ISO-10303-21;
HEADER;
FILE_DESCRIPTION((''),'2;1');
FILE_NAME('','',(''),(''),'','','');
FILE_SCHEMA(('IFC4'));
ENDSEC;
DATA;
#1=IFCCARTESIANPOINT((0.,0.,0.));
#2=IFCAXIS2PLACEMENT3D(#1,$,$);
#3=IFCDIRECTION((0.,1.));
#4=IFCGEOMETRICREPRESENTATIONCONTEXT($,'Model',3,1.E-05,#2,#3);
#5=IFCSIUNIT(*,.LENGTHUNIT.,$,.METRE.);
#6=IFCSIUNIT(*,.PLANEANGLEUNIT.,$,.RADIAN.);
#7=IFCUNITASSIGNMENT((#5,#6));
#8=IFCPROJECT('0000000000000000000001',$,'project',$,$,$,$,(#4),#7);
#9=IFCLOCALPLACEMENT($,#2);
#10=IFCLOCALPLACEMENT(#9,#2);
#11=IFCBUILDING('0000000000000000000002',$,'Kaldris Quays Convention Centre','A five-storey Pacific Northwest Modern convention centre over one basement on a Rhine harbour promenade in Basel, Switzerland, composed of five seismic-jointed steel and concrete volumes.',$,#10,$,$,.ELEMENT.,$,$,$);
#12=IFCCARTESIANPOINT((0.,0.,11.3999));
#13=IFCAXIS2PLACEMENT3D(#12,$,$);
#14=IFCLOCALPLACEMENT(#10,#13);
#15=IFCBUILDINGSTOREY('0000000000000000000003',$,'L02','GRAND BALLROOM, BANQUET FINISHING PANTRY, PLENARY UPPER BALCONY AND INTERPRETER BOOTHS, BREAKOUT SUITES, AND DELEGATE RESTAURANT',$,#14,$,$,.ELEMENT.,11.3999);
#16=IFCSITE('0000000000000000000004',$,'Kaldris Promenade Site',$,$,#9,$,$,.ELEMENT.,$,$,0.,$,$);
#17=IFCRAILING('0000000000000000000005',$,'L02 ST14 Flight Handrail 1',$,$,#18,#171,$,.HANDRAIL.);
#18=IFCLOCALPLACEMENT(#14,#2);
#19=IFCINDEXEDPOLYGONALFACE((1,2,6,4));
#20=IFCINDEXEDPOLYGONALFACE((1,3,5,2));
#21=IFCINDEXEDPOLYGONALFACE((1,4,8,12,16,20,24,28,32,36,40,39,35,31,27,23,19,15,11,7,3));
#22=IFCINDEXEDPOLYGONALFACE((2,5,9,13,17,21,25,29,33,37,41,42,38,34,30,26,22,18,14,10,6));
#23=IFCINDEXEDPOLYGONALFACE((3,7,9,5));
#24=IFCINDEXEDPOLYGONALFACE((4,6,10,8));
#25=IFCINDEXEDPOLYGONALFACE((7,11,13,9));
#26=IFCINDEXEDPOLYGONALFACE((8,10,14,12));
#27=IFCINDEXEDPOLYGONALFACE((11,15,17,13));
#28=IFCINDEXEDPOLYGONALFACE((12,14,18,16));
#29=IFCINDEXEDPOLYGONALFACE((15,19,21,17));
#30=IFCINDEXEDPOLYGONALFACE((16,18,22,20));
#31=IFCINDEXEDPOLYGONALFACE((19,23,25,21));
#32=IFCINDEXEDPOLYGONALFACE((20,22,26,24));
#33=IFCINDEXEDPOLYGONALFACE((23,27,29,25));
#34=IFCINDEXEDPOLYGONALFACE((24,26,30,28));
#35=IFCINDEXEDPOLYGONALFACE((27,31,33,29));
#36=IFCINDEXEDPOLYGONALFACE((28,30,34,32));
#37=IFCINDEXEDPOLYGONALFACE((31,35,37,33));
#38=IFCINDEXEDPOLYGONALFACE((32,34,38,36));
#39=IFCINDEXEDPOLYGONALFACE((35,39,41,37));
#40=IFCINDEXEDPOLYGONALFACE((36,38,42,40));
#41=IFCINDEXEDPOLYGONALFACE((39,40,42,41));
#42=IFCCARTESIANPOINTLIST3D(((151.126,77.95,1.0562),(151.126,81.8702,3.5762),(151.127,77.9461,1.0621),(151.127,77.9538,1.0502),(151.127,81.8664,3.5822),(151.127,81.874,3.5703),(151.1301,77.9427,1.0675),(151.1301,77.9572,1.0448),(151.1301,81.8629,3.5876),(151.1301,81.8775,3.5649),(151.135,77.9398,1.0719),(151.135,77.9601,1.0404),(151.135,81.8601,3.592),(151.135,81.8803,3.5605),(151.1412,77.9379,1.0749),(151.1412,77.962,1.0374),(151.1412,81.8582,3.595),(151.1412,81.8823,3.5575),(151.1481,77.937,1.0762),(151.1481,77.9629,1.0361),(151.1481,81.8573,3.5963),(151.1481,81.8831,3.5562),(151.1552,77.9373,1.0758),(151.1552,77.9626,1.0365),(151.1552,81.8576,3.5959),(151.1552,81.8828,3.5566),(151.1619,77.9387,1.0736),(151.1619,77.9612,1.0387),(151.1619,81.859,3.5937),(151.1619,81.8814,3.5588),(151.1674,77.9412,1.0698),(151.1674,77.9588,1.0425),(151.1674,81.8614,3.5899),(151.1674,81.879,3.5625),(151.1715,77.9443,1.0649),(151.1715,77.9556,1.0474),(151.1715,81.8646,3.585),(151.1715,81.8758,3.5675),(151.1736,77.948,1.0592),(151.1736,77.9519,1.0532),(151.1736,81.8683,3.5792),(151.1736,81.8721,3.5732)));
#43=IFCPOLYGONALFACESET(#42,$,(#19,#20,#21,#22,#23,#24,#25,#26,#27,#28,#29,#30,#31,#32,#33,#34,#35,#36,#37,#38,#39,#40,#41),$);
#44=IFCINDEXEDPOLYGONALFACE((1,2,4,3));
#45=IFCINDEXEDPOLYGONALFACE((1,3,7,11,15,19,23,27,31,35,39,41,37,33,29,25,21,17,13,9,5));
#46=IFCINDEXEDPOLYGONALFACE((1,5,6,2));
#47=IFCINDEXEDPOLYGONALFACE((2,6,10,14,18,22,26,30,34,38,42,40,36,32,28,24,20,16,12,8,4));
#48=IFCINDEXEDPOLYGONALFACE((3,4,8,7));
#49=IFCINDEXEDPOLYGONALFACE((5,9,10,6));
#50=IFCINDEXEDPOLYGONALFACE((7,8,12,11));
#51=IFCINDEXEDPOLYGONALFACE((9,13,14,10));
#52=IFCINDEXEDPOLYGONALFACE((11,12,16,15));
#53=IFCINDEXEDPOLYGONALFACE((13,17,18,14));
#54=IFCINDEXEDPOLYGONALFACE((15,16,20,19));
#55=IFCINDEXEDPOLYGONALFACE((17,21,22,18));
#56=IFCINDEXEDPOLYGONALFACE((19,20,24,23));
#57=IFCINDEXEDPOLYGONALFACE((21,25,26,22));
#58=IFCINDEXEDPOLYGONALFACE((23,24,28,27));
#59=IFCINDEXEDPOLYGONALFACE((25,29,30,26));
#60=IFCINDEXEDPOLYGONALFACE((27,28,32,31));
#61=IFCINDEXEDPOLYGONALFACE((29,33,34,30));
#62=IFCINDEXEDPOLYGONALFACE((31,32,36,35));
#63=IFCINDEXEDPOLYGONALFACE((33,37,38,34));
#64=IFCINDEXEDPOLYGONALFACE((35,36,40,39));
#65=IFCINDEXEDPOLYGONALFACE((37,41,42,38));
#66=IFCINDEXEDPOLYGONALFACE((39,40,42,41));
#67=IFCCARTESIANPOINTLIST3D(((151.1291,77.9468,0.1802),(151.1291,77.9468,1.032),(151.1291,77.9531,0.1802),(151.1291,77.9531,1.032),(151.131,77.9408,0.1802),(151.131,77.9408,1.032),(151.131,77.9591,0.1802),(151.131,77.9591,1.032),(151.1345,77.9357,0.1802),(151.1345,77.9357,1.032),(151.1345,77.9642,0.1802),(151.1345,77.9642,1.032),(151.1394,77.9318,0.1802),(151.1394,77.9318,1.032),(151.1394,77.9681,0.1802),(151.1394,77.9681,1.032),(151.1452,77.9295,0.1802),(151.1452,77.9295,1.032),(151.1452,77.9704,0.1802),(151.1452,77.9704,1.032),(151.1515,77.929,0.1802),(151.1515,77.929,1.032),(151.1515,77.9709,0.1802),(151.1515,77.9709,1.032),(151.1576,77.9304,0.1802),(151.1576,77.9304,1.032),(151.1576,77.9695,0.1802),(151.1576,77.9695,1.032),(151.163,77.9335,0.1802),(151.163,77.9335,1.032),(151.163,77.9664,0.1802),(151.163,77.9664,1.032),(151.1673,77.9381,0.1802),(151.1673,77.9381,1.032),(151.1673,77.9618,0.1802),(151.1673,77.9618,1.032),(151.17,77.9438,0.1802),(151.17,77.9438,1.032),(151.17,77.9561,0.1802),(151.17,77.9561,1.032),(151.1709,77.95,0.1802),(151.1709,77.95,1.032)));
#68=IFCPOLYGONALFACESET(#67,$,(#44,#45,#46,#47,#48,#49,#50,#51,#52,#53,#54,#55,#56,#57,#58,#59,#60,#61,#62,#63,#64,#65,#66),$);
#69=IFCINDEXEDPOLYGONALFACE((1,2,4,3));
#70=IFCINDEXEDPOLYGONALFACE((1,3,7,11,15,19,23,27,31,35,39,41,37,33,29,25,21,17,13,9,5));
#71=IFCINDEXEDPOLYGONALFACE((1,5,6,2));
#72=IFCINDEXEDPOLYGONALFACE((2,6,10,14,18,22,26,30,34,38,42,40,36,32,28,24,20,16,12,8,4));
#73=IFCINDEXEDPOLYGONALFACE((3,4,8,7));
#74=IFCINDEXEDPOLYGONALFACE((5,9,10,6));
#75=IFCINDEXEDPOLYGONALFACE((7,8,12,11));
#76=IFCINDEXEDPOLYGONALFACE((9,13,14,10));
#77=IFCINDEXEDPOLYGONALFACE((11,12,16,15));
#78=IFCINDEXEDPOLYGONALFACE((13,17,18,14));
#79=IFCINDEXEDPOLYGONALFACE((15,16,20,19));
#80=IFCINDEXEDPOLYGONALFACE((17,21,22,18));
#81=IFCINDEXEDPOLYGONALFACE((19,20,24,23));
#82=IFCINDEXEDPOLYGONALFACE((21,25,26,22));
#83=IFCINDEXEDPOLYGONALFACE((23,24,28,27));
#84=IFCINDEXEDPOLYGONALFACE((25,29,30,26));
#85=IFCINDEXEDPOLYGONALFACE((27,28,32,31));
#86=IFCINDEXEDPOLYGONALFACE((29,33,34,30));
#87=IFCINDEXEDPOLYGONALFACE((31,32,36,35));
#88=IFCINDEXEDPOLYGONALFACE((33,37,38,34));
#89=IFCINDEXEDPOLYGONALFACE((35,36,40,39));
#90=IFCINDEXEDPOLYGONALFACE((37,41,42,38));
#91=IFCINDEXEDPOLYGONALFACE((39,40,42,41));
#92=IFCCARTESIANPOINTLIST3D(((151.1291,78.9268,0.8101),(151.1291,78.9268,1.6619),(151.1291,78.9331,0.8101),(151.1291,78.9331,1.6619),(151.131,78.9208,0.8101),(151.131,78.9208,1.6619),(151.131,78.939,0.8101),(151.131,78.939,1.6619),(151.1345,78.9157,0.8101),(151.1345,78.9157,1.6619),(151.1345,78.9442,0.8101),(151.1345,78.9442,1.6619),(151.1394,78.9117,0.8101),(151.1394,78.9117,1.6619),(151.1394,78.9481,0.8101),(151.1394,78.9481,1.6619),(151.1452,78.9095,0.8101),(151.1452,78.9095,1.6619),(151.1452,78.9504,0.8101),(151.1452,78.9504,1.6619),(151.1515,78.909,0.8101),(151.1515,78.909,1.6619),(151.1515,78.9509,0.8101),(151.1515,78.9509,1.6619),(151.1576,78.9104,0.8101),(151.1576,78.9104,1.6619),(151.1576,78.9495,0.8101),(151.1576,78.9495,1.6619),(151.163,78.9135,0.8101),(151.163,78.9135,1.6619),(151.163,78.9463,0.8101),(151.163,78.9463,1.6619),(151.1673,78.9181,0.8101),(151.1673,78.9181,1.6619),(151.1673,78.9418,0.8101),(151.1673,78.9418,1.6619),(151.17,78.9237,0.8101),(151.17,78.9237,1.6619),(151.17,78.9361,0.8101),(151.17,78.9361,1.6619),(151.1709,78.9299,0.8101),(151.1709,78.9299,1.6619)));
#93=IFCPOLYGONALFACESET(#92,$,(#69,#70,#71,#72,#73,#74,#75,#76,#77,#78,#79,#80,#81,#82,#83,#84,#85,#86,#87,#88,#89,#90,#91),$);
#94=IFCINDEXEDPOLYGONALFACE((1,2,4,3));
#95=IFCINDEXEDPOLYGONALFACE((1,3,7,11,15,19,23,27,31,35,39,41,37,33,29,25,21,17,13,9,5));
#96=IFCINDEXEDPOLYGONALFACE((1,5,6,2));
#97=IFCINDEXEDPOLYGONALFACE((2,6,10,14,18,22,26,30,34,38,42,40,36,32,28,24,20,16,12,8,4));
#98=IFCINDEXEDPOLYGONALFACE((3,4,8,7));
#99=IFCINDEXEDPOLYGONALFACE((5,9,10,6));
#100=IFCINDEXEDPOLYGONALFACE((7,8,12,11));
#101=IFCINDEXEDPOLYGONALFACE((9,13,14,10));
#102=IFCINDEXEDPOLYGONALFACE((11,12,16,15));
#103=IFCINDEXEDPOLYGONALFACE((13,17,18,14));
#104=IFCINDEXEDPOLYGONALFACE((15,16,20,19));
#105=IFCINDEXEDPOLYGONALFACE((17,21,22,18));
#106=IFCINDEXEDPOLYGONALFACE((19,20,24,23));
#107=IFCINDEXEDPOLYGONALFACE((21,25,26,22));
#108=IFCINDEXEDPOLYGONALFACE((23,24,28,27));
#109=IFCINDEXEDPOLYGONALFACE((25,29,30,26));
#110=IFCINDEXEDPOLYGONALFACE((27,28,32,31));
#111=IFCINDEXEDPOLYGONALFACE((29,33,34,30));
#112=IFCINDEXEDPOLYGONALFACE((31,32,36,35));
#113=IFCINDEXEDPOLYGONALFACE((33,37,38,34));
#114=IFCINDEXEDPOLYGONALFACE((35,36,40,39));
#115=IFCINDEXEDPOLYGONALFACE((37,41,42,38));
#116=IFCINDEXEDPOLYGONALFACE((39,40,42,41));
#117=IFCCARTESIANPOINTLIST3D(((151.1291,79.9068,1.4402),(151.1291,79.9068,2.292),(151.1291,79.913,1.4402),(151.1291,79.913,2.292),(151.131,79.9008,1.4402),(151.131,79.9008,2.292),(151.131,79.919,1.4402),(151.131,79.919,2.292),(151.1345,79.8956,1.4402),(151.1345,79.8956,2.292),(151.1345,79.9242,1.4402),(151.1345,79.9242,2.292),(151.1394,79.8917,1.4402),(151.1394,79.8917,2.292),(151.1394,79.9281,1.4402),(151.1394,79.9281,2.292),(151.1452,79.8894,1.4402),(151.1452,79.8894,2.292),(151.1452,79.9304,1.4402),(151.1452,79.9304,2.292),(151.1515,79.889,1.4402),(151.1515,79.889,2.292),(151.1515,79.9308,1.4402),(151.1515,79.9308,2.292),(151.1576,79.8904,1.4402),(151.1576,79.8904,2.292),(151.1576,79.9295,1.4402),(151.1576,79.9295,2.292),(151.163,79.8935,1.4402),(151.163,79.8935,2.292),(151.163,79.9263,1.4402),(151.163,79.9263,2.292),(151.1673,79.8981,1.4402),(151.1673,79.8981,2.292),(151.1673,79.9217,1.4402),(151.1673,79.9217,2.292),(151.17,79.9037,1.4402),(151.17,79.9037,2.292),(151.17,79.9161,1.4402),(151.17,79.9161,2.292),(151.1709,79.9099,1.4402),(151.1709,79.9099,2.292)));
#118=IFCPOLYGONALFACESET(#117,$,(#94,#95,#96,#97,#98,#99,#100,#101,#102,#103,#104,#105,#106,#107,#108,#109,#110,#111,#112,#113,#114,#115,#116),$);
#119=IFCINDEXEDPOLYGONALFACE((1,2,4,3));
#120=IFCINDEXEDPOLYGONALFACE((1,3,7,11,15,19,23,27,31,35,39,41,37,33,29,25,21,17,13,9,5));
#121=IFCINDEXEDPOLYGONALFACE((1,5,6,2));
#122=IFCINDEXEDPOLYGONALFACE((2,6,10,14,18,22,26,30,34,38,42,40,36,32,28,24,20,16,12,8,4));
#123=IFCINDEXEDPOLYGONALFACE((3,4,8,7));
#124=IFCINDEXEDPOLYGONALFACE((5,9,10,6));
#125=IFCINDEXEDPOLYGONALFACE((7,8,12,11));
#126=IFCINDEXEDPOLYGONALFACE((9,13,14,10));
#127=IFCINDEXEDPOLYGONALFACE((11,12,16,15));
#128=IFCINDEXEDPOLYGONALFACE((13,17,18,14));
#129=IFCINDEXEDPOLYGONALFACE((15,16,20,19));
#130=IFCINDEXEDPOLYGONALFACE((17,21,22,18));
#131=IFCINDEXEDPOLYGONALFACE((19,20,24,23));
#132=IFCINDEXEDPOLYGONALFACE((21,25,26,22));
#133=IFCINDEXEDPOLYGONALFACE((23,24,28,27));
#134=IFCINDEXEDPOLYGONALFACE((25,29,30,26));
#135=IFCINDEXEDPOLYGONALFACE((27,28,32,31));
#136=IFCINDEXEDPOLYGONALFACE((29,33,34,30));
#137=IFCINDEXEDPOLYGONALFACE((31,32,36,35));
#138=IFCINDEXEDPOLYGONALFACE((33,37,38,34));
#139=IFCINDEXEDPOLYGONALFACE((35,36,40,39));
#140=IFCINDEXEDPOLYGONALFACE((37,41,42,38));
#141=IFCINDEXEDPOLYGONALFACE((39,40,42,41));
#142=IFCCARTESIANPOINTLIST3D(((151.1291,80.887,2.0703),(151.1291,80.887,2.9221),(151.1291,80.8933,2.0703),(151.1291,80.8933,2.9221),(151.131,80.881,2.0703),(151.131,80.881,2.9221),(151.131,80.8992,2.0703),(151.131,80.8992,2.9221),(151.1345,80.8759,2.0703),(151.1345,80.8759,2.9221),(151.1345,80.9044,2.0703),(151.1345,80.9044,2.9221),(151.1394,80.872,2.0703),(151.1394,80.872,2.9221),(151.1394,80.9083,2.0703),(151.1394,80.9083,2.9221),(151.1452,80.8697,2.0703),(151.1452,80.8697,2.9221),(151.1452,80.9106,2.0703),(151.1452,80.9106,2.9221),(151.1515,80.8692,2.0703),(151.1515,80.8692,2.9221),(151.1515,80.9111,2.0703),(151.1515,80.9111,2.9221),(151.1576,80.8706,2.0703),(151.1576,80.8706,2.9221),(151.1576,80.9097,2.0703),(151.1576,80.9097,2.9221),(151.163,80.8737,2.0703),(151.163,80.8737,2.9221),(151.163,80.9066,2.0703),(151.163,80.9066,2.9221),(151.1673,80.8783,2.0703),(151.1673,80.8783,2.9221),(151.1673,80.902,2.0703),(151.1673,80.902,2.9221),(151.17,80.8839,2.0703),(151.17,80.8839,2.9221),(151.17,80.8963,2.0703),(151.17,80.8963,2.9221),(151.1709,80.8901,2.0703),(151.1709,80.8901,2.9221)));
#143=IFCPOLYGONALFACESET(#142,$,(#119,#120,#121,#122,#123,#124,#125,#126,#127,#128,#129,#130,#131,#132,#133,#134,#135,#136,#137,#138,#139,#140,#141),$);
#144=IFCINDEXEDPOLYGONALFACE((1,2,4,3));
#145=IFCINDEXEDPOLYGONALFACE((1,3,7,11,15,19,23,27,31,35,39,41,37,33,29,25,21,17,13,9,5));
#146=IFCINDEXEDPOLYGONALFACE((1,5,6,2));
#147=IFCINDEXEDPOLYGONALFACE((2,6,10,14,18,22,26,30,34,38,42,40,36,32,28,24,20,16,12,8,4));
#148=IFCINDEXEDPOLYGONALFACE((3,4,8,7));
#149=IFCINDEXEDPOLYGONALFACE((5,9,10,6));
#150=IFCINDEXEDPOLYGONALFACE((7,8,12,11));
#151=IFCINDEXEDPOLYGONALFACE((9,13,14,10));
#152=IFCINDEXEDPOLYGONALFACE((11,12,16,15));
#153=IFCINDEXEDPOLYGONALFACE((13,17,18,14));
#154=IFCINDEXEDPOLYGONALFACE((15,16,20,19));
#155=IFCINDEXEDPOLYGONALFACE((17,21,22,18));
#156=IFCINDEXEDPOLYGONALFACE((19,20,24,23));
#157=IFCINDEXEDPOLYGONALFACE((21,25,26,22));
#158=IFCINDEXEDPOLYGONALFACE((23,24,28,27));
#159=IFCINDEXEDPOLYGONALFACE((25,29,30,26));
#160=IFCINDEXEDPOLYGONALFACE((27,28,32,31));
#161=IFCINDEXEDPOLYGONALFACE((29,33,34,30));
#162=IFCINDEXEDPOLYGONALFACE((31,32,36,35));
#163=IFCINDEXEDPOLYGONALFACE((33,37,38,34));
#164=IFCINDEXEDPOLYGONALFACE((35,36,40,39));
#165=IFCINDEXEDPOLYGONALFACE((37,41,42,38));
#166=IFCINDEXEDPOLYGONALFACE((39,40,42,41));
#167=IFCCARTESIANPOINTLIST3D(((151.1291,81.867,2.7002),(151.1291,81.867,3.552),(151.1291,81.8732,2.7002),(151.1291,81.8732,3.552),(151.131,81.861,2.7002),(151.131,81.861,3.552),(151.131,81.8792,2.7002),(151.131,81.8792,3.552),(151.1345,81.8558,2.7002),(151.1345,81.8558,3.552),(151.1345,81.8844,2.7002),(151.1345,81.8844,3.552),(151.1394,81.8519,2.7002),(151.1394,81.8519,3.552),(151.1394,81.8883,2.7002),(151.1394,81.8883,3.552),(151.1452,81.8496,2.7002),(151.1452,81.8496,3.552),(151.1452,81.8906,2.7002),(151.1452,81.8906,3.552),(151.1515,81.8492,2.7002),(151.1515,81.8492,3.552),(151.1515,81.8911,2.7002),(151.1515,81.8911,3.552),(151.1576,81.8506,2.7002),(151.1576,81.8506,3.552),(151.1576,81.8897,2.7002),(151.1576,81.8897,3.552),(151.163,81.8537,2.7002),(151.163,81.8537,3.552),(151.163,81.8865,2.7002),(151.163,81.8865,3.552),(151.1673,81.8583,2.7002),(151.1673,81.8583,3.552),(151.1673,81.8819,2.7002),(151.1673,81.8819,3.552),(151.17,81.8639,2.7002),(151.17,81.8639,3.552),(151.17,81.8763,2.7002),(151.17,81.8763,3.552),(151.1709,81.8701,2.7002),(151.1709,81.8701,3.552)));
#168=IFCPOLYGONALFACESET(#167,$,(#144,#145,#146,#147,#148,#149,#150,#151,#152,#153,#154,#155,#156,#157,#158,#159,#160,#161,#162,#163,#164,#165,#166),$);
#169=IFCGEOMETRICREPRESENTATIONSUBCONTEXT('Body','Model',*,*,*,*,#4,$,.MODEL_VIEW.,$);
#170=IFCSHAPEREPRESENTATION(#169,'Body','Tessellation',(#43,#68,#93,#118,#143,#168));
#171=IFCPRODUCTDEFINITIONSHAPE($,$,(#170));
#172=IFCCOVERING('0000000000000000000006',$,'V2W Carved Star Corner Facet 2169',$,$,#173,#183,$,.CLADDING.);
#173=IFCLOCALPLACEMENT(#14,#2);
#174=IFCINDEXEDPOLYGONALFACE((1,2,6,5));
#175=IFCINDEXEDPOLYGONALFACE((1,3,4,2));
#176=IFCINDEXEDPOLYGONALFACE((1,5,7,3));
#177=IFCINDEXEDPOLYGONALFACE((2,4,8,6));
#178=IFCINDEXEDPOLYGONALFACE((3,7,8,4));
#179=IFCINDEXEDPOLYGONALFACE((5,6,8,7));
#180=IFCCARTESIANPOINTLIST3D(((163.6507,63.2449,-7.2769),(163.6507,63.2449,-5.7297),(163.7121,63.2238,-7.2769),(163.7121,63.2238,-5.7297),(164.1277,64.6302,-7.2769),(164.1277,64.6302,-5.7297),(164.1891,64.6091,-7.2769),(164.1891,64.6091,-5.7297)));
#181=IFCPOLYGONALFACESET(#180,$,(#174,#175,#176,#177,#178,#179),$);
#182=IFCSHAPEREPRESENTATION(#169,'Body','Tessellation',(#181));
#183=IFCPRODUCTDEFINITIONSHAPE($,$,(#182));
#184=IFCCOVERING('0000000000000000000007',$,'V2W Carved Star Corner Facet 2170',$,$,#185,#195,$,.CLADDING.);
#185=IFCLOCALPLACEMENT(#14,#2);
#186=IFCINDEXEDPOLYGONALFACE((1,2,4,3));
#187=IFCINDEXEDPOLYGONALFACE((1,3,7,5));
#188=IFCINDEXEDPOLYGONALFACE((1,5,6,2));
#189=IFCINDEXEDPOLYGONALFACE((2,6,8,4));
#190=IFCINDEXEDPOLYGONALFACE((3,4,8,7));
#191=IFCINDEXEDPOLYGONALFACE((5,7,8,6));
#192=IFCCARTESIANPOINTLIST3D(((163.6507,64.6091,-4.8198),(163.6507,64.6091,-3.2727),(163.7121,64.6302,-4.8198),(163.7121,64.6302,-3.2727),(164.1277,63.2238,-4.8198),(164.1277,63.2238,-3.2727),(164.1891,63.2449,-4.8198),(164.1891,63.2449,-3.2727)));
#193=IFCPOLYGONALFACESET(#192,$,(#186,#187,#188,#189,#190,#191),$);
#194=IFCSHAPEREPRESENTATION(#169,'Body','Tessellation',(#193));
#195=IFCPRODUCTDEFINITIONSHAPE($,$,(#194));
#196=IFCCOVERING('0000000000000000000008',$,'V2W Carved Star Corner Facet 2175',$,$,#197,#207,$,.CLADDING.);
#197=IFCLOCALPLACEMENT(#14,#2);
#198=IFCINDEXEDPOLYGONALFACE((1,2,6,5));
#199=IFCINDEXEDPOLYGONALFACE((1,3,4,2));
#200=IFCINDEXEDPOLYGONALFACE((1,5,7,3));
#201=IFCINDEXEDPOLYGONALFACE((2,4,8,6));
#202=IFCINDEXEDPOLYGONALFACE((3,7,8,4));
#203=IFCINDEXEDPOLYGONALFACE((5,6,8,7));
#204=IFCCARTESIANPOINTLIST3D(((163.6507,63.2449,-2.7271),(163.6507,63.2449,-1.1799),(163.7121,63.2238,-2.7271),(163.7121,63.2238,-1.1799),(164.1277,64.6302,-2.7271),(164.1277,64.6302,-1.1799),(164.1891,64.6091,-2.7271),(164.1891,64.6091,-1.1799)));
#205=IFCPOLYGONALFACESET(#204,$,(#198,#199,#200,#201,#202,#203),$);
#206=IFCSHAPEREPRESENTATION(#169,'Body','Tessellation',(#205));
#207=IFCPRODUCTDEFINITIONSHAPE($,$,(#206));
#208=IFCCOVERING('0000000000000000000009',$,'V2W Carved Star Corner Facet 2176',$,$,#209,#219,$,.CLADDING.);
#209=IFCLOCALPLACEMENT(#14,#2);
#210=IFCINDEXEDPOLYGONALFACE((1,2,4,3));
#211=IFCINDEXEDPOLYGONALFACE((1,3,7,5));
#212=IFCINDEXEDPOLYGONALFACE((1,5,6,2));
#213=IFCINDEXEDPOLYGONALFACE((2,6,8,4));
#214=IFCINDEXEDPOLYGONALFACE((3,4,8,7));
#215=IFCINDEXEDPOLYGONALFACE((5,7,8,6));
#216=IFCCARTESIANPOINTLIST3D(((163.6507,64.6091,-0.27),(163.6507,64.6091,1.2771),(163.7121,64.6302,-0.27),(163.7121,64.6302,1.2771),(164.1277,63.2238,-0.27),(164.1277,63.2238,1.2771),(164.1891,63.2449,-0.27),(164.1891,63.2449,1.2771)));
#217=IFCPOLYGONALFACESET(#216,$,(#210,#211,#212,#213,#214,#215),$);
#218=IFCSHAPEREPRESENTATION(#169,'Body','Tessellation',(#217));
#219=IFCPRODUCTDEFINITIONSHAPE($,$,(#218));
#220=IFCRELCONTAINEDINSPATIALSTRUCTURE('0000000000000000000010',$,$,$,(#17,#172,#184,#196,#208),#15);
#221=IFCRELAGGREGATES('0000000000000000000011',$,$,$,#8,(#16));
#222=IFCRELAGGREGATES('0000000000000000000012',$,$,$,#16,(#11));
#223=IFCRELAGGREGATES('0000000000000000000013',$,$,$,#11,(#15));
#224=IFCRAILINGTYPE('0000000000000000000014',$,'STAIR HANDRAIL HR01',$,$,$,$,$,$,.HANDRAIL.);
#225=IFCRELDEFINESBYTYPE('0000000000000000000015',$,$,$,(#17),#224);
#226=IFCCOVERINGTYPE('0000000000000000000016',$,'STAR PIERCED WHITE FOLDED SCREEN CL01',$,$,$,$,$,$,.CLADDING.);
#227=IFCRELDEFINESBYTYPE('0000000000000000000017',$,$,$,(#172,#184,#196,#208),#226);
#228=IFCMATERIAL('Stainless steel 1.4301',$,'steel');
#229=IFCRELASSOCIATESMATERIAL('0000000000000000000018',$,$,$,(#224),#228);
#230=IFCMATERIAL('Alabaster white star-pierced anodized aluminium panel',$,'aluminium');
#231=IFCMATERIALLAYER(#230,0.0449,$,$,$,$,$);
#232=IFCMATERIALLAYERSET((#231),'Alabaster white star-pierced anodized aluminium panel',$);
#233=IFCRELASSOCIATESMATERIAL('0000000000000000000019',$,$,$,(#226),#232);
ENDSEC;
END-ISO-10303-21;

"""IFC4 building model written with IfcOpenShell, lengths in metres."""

from ifc_helpers import new_model, si_unit, direction, frame, origin, origin_2d, place, context, subcontext, project, spatial, rectangle, circle, extrude, material, layer, layer_set, type_object, element, save


model = new_model("IFC4")

# Units and contexts
model_context = context("Model", 3, precision=1e-05, world=origin(), true_north=direction((0.0, 1.0)))
body_context = subcontext(model_context, "Body", "Model", "MODEL_VIEW")
ifc_project = project(units=[si_unit("LENGTHUNIT", "METRE"), si_unit("PLANEANGLEUNIT", "RADIAN")], contexts=[model_context])

# Site, building, storey
site_placement = place(None, origin())
site = spatial("IfcSite", under=ifc_project, at=site_placement, Name="Kaldris Promenade Site", CompositionType="ELEMENT", RefElevation=0.0)
building_placement = place(site_placement, origin())
building = spatial("IfcBuilding", under=site, at=building_placement, Name="Kaldris Quays Convention Centre", Description="A five-storey Pacific Northwest Modern convention centre over one basement on a Rhine harbour promenade in Basel, Switzerland, composed of five seismic-jointed steel and concrete volumes.", CompositionType="ELEMENT")
storey_placement = place(building_placement, frame((0.0, 0.0, 11.3999)))
storey = spatial("IfcBuildingStorey", under=building, at=storey_placement, Name="L02", Description="GRAND BALLROOM, BANQUET FINISHING PANTRY, PLENARY UPPER BALCONY AND INTERPRETER BOOTHS, BREAKOUT SUITES, AND DELEGATE RESTAURANT", CompositionType="ELEMENT", Elevation=11.3999)

# Railing
ifc_material_1 = material(Name="Stainless steel 1.4301", Category="steel")
railing_type_1 = type_object("IfcRailingType", Name="STAIR HANDRAIL HR01", PredefinedType="HANDRAIL", material=ifc_material_1)
railing_1_placement = place(storey_placement, frame((151.1499, 77.95, 0.1802)))
element("IfcRailing", 1, at=railing_1_placement, inside=storey, type_object=railing_type_1, Name="L02 ST14 Flight Handrail 1", PredefinedType="HANDRAIL", context=body_context, shape_type="SweptSolid", body=[
    extrude(circle(Radius=0.0239, at=origin_2d()), frame((0.0, 0.0, 0.876), z_axis=(0.0, 0.841187, 0.540744), x_axis=(-1.0, 0.0, 0.0)), (0.0, 0.0, 1.0), 4.6604),
    extrude(circle(Radius=0.021, at=origin_2d()), origin(), (0.0, 0.0, 1.0), 0.8518),
    extrude(circle(Radius=0.021, at=origin_2d()), frame((0.0, 0.98, 0.6299)), (0.0, 0.0, 1.0), 0.8518),
    extrude(circle(Radius=0.021, at=origin_2d()), frame((0.0, 1.96, 1.26)), (0.0, 0.0, 1.0), 0.8518),
    extrude(circle(Radius=0.021, at=origin_2d()), frame((0.0, 2.9402, 1.8901)), (0.0, 0.0, 1.0), 0.8518),
    extrude(circle(Radius=0.021, at=origin_2d()), frame((0.0, 3.9202, 2.52)), (0.0, 0.0, 1.0), 0.8518),
])

# Coverings
ifc_material_2 = material(Name="Alabaster white star-pierced anodized aluminium panel", Category="aluminium")
ifc_layer_1 = layer(ifc_material_2, 0.0449)
ifc_layer_set_1 = layer_set([ifc_layer_1], Name="Alabaster white star-pierced anodized aluminium panel")
covering_type = type_object("IfcCoveringType", Name="STAR PIERCED WHITE FOLDED SCREEN CL01", PredefinedType="CLADDING", material=ifc_layer_set_1)
for number, where, z_axis, x_axis, name in (
    (2, (163.9199, 63.927, -7.2769), (0.0, 0.0, 1.0), (0.325568, 0.945519, 0.0), "V2W Carved Star Corner Facet 2169"),
    (3, (163.9199, 63.927, -4.8198), (0.0, 0.0, 1.0), (-0.325568, 0.945519, 0.0), "V2W Carved Star Corner Facet 2170"),
    (4, (163.9199, 63.927, -2.7271), (0.0, 0.0, 1.0), (0.325568, 0.945519, 0.0), "V2W Carved Star Corner Facet 2175"),
    (5, (163.9199, 63.927, -0.27), (0.0, 0.0, 1.0), (-0.325568, 0.945519, 0.0), "V2W Carved Star Corner Facet 2176"),
):
    element("IfcCovering", number, at=place(storey_placement, frame(where, z_axis=z_axis, x_axis=x_axis)), inside=storey, type_object=covering_type, Name=name, PredefinedType="CLADDING", context=body_context, shape_type="SweptSolid", body=[
        extrude(rectangle(XDim=1.4651, YDim=0.0649, at=origin_2d()), origin(), (0.0, 0.0, 1.0), 1.5471),
    ])

save(model, "model.ifc")
